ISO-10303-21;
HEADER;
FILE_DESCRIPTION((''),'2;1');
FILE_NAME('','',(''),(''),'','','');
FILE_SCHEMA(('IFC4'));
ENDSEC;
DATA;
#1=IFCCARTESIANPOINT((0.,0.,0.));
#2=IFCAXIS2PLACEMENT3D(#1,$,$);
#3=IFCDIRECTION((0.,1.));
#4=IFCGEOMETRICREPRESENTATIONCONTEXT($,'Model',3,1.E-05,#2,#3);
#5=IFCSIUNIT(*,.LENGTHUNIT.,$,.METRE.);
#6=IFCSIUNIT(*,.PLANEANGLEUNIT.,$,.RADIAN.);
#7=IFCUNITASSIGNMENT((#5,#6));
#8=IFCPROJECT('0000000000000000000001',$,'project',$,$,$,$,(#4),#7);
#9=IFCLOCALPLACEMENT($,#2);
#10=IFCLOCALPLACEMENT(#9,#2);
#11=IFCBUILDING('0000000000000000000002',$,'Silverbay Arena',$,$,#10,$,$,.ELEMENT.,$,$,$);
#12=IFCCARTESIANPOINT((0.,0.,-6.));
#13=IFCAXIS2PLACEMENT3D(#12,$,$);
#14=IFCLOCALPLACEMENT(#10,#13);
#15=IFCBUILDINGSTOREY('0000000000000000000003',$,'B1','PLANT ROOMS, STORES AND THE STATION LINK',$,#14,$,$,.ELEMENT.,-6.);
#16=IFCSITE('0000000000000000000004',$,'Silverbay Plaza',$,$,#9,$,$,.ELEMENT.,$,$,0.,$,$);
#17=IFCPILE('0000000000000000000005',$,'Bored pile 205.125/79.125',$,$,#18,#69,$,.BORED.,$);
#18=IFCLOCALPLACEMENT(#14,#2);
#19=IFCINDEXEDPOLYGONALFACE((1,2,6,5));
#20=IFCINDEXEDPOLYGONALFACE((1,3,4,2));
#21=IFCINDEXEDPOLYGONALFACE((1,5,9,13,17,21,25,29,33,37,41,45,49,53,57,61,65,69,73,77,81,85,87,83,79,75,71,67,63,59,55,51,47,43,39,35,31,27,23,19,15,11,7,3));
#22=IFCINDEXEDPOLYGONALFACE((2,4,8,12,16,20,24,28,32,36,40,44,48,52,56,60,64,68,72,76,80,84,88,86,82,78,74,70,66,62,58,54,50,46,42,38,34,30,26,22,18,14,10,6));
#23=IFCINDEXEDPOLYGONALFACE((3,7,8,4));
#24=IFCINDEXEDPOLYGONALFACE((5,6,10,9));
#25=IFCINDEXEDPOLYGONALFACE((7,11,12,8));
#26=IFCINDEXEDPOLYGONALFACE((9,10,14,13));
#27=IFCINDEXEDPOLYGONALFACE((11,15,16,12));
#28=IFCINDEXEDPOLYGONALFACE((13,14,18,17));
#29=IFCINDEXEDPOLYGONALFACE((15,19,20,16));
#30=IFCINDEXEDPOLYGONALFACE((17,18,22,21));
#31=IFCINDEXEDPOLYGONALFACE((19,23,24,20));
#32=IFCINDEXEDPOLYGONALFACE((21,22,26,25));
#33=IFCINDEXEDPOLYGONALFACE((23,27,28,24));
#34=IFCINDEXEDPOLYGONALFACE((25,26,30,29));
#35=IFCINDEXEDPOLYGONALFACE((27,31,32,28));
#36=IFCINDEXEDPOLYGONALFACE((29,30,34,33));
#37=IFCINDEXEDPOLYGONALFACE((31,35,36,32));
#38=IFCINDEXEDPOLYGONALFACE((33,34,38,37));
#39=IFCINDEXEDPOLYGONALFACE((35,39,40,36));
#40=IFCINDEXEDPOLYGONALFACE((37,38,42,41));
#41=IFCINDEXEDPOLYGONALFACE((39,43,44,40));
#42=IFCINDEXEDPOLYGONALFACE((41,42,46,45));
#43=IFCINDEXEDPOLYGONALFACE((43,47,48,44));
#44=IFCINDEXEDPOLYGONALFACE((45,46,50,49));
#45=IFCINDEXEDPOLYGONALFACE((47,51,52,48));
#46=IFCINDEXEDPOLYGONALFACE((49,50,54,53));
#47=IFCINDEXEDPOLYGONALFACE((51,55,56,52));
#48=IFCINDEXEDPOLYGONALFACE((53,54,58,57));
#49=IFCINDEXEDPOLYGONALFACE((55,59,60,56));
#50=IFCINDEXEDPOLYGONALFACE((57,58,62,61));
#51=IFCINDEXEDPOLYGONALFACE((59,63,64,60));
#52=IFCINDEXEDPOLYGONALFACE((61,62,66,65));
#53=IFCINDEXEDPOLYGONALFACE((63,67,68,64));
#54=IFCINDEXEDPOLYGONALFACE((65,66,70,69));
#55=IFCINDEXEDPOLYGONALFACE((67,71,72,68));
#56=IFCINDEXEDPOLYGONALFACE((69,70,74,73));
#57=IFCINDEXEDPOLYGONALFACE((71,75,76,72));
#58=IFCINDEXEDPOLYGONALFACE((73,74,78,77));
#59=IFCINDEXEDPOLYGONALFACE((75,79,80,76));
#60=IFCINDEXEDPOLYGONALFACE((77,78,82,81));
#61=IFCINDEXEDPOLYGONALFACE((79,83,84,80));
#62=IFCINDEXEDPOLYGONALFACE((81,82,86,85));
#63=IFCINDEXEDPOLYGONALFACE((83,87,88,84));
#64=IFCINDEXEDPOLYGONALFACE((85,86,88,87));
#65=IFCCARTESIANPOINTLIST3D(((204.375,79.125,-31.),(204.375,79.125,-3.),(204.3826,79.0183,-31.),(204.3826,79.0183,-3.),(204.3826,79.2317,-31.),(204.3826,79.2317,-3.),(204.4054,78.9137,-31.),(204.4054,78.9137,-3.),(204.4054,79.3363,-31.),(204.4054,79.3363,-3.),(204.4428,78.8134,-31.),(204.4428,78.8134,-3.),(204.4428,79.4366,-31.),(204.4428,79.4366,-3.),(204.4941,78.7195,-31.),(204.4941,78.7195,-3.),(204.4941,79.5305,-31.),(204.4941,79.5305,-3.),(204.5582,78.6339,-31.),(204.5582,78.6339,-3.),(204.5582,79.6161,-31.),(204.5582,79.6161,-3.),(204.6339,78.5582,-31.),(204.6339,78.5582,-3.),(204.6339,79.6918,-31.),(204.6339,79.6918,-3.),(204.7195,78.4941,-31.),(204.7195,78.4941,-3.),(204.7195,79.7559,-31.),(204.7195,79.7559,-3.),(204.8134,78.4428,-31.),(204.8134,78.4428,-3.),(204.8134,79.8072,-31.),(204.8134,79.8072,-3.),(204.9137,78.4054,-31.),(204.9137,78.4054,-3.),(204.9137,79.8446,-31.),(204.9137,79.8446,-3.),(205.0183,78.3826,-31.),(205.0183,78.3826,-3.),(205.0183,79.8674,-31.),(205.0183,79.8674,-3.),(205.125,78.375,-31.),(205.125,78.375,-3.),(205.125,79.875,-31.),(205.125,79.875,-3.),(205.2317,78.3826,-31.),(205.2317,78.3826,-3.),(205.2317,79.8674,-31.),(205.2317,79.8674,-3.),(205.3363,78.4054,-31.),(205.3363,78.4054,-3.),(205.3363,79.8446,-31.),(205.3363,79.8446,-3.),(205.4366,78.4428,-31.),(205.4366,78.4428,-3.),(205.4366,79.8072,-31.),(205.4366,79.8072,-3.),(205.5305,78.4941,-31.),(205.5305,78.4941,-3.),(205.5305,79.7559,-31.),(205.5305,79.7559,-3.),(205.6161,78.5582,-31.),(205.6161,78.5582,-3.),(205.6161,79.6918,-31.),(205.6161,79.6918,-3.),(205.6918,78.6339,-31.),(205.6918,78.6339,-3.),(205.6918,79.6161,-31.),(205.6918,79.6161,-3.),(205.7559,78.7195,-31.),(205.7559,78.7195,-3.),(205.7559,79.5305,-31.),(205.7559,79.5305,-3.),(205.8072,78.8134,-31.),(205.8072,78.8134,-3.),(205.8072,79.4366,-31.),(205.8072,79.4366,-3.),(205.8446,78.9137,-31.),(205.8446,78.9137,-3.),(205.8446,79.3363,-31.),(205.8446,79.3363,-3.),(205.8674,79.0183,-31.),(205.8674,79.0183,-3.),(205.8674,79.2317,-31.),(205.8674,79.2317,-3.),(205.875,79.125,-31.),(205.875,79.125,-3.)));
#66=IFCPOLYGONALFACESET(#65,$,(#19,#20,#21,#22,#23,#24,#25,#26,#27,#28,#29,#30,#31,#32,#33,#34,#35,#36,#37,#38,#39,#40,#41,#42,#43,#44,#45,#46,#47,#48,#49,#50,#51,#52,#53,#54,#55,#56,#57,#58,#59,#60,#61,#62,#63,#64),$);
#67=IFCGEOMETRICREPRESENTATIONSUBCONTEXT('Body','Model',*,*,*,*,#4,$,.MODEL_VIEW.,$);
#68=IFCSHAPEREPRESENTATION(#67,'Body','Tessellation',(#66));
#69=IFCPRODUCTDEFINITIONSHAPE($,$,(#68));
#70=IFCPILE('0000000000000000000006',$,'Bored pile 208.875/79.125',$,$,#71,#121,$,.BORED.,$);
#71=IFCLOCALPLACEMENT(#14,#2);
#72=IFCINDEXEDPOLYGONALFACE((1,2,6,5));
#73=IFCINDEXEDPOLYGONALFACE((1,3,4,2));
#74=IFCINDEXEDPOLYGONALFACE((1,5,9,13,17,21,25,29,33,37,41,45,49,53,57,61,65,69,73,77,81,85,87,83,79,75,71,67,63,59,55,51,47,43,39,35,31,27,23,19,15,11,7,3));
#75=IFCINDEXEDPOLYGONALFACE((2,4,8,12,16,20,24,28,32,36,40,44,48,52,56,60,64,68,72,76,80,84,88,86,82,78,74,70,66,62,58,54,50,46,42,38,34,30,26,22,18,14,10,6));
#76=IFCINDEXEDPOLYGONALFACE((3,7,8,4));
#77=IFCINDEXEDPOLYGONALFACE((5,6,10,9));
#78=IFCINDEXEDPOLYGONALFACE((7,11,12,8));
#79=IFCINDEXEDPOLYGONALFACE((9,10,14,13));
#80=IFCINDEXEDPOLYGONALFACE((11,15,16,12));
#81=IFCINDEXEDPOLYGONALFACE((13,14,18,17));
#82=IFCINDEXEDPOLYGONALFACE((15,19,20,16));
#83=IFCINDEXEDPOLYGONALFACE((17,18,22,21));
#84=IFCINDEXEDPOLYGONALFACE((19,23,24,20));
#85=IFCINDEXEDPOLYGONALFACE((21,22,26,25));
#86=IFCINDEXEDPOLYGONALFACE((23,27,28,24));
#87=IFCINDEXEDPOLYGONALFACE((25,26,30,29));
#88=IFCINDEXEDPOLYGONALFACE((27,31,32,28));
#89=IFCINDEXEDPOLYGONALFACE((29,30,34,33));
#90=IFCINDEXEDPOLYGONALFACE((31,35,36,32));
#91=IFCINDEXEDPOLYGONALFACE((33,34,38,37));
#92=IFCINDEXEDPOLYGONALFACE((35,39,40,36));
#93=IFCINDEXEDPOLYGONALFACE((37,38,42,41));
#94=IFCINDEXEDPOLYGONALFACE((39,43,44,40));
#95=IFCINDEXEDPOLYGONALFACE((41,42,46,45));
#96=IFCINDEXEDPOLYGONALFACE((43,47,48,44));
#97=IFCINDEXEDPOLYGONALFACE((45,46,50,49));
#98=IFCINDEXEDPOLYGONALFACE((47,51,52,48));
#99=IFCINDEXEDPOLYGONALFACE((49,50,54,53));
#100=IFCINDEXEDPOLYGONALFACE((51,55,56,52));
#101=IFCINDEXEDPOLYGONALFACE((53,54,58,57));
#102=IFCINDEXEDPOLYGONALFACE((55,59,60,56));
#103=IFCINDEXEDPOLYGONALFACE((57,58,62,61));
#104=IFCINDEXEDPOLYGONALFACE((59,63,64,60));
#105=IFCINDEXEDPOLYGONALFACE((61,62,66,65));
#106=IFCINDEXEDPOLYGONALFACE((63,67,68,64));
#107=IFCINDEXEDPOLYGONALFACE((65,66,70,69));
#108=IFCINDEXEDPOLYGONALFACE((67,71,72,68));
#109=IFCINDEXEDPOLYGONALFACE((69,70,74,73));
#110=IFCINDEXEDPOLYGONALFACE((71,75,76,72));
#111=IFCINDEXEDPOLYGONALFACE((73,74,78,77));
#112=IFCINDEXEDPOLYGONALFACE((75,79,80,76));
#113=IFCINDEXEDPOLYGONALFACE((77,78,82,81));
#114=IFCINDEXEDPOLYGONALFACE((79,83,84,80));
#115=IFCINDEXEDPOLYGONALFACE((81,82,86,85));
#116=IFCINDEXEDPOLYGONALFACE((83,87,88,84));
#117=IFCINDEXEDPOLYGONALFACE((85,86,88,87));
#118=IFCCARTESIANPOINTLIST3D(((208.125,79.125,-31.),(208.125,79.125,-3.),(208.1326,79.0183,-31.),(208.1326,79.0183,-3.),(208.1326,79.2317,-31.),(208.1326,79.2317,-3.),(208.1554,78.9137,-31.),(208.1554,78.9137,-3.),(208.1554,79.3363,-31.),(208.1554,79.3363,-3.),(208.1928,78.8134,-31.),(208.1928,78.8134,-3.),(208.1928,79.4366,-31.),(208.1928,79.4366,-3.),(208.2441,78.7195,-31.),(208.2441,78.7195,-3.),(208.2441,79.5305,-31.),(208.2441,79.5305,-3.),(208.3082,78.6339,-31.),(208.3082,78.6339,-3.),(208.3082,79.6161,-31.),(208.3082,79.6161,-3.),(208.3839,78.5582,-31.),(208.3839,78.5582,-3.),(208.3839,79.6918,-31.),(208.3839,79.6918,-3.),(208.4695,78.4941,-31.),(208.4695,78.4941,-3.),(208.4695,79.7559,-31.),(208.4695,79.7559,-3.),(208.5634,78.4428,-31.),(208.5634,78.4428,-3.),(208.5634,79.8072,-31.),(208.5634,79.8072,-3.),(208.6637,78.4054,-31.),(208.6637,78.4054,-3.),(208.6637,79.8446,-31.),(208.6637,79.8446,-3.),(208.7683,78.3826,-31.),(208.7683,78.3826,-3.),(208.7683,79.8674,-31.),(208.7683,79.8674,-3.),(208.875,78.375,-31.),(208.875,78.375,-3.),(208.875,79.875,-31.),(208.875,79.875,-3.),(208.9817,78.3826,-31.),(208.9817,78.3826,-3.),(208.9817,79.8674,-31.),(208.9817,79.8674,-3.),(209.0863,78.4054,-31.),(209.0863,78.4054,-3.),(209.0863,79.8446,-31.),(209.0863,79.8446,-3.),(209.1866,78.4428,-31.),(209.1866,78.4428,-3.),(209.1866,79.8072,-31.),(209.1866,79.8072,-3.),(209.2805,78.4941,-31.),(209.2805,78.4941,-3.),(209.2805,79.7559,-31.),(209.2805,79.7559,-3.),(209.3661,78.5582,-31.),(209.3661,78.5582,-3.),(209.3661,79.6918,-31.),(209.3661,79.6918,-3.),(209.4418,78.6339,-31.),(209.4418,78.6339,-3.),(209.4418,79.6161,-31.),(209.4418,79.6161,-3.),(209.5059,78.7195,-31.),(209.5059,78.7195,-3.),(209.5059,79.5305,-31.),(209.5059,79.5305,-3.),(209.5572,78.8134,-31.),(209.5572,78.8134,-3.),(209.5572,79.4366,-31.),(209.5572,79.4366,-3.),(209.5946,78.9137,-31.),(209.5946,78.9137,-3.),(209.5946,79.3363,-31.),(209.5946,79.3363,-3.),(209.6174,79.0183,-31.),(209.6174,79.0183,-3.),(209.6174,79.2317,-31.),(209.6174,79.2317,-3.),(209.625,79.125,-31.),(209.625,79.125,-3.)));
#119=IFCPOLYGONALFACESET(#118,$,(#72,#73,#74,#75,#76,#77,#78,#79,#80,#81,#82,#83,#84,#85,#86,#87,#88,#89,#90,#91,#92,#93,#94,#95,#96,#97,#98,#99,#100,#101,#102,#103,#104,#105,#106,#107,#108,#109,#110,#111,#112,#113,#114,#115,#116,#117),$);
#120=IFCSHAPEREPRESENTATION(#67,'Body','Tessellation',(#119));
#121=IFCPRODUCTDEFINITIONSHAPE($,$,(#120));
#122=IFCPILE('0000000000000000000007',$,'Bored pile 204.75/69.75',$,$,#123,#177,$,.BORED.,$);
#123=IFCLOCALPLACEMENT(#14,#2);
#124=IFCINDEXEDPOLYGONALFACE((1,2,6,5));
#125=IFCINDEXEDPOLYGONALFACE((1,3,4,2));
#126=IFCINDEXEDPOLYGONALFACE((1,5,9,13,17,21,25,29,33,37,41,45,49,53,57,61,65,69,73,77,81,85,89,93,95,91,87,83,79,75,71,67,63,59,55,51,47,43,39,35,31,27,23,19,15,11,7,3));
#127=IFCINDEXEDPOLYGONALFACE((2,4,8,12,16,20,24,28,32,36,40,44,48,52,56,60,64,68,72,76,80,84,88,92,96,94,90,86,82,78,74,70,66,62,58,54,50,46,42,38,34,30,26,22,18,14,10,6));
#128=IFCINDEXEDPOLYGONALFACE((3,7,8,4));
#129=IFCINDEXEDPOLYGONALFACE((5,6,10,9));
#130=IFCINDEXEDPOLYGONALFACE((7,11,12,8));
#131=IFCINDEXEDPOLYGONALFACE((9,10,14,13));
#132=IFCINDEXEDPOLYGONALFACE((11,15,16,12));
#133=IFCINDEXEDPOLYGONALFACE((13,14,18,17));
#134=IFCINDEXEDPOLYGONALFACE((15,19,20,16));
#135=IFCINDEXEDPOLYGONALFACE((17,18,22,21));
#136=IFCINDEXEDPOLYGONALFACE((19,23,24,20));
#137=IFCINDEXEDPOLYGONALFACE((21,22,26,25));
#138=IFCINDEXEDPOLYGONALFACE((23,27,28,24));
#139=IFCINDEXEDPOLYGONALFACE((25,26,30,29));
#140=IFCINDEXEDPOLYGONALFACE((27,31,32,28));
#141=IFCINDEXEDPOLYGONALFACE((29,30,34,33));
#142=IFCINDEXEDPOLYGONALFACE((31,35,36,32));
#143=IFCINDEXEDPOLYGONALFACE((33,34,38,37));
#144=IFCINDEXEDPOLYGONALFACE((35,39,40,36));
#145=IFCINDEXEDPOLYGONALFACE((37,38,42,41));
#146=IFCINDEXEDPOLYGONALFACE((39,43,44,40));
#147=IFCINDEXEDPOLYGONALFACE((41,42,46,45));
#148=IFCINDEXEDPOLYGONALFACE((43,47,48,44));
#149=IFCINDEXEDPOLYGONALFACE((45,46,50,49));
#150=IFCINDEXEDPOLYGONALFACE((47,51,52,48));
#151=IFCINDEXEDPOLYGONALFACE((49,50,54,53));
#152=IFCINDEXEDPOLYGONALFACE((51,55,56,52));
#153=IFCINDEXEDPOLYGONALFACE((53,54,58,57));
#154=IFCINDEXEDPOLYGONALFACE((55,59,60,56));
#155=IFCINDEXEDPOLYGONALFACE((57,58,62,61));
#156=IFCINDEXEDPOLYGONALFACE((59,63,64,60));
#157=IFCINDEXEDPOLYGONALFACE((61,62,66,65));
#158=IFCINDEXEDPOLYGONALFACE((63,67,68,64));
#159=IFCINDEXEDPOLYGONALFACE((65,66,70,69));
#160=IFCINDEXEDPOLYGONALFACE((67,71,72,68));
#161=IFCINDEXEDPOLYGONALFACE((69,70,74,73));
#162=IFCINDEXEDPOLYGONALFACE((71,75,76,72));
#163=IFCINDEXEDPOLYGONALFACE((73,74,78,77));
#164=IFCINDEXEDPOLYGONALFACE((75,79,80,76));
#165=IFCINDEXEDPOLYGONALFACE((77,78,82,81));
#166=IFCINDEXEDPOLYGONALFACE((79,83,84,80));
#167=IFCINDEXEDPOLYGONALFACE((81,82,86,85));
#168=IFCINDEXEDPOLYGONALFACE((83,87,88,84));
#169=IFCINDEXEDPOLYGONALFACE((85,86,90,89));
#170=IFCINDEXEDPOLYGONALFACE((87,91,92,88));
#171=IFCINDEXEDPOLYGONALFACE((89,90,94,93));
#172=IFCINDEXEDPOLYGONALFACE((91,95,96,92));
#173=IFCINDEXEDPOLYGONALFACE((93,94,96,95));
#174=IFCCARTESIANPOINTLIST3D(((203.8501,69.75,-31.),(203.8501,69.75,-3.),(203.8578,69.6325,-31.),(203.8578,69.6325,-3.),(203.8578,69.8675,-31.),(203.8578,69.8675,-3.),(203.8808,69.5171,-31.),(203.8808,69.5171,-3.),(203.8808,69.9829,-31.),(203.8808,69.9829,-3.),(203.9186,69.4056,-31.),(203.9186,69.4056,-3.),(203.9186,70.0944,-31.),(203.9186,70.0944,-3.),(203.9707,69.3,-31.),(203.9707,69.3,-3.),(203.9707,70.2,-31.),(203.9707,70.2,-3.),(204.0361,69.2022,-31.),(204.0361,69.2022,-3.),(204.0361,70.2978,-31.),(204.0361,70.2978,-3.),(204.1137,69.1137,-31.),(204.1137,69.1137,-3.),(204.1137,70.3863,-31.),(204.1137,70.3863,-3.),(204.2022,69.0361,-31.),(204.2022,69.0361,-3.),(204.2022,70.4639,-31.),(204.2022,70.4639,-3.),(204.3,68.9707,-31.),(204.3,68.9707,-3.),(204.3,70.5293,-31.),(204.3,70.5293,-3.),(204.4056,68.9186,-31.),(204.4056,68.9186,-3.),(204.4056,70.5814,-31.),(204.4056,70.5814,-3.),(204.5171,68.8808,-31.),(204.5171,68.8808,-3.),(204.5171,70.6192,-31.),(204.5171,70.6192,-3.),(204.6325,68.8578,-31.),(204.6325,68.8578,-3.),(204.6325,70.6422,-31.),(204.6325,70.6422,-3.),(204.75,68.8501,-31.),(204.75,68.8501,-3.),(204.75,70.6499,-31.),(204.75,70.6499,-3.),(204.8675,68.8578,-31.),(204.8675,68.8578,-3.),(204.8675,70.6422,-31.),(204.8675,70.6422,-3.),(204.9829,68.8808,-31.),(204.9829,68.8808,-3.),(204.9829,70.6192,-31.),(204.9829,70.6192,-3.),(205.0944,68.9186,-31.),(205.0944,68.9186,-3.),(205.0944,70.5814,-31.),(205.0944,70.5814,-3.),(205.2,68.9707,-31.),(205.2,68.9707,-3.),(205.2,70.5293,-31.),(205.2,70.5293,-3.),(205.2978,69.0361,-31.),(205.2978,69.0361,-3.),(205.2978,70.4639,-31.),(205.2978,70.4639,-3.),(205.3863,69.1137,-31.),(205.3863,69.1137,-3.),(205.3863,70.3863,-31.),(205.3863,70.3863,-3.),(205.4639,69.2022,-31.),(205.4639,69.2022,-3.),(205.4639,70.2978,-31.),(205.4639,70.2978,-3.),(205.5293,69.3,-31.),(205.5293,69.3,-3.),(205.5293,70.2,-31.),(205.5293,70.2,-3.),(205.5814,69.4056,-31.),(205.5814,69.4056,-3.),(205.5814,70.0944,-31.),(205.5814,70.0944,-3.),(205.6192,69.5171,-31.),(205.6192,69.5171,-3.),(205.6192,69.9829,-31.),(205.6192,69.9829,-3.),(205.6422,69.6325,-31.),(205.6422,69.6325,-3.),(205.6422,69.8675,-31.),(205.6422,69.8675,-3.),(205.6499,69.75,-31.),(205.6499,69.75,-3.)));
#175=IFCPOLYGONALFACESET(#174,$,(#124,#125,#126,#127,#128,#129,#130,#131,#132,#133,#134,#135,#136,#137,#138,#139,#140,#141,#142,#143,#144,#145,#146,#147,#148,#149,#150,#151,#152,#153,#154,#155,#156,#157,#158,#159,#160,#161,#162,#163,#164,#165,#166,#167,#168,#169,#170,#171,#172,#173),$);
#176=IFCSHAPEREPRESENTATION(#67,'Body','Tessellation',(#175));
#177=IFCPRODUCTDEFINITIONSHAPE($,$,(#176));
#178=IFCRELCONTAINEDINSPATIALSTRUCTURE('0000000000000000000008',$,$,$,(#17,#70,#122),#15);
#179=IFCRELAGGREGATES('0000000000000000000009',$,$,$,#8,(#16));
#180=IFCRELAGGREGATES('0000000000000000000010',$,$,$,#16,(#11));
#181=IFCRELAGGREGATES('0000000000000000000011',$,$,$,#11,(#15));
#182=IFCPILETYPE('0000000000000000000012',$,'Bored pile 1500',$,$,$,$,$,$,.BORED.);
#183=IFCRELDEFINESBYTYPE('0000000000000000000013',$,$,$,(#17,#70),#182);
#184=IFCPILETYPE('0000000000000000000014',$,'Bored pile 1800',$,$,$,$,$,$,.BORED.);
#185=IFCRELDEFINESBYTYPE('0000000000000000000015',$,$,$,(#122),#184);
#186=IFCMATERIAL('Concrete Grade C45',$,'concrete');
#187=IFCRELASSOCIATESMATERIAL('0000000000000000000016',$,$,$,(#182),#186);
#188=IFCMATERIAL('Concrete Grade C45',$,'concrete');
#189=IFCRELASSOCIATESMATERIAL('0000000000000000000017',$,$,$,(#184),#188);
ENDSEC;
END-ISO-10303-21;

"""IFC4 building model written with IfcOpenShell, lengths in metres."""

from ifc_helpers import new_model, si_unit, direction, frame, origin, origin_2d, place, context, subcontext, project, spatial, circle, extrude, material, material_profile, profile_set, type_object, element, save


model = new_model("IFC4")

# Units and contexts
model_context = context("Model", 3, precision=1e-05, world=origin(), true_north=direction((0.0, 1.0)))
body_context = subcontext(model_context, "Body", "Model", "MODEL_VIEW")
ifc_project = project(units=[si_unit("LENGTHUNIT", "METRE"), si_unit("PLANEANGLEUNIT", "RADIAN")], contexts=[model_context])

# Site, building, storey
site_placement = place(None, origin())
site = spatial("IfcSite", under=ifc_project, at=site_placement, Name="Silverbay Plaza", CompositionType="ELEMENT", RefElevation=0.0)
building_placement = place(site_placement, origin())
building = spatial("IfcBuilding", under=site, at=building_placement, Name="Silverbay Arena", CompositionType="ELEMENT")
storey_placement = place(building_placement, frame((0.0, 0.0, -6.0)))
storey = spatial("IfcBuildingStorey", under=building, at=storey_placement, Name="B1", Description="PLANT ROOMS, STORES AND THE STATION LINK", CompositionType="ELEMENT", Elevation=-6.0)

# Piles
ifc_material_1 = material(Name="Concrete Grade C45", Category="concrete")
ifc_material_profile_1 = material_profile(ifc_material_1, circle(Radius=0.75, at=origin_2d()), Name="Bored pile 1500")
ifc_profile_set_1 = profile_set([ifc_material_profile_1], Name="Concrete Grade C45")
pile_type_1 = type_object("IfcPileType", Name="Bored pile 1500", PredefinedType="BORED", material=ifc_profile_set_1)
for number, where, z_axis, x_axis, name in (
    (1, (205.125, 79.125, -3.0), (0.0, 0.0, -1.0), (1.0, 0.0, 0.0), "Bored pile 205.125/79.125"),
    (2, (208.875, 79.125, -3.0), (0.0, 0.0, -1.0), (1.0, 0.0, 0.0), "Bored pile 208.875/79.125"),
):
    element("IfcPile", number, at=place(storey_placement, frame(where, z_axis=z_axis, x_axis=x_axis)), inside=storey, type_object=pile_type_1, Name=name, PredefinedType="BORED", context=body_context, shape_type="SweptSolid", body=[
        extrude(circle(Radius=0.75, at=origin_2d()), origin(), (0.0, 0.0, 1.0), 28.0),
    ])
ifc_material_2 = material(Name="Concrete Grade C45", Category="concrete")
ifc_material_profile_2 = material_profile(ifc_material_2, circle(Radius=0.8999, at=origin_2d()), Name="Bored pile 1800")
ifc_profile_set_2 = profile_set([ifc_material_profile_2], Name="Concrete Grade C45")
pile_type_2 = type_object("IfcPileType", Name="Bored pile 1800", PredefinedType="BORED", material=ifc_profile_set_2)
for number, where, z_axis, x_axis, name in (
    (3, (204.75, 69.75, -3.0), (0.0, 0.0, -1.0), (1.0, 0.0, 0.0), "Bored pile 204.75/69.75"),
):
    element("IfcPile", number, at=place(storey_placement, frame(where, z_axis=z_axis, x_axis=x_axis)), inside=storey, type_object=pile_type_2, Name=name, PredefinedType="BORED", context=body_context, shape_type="SweptSolid", body=[
        extrude(circle(Radius=0.8999, at=origin_2d()), origin(), (0.0, 0.0, 1.0), 28.0),
    ])

save(model, "model.ifc")
